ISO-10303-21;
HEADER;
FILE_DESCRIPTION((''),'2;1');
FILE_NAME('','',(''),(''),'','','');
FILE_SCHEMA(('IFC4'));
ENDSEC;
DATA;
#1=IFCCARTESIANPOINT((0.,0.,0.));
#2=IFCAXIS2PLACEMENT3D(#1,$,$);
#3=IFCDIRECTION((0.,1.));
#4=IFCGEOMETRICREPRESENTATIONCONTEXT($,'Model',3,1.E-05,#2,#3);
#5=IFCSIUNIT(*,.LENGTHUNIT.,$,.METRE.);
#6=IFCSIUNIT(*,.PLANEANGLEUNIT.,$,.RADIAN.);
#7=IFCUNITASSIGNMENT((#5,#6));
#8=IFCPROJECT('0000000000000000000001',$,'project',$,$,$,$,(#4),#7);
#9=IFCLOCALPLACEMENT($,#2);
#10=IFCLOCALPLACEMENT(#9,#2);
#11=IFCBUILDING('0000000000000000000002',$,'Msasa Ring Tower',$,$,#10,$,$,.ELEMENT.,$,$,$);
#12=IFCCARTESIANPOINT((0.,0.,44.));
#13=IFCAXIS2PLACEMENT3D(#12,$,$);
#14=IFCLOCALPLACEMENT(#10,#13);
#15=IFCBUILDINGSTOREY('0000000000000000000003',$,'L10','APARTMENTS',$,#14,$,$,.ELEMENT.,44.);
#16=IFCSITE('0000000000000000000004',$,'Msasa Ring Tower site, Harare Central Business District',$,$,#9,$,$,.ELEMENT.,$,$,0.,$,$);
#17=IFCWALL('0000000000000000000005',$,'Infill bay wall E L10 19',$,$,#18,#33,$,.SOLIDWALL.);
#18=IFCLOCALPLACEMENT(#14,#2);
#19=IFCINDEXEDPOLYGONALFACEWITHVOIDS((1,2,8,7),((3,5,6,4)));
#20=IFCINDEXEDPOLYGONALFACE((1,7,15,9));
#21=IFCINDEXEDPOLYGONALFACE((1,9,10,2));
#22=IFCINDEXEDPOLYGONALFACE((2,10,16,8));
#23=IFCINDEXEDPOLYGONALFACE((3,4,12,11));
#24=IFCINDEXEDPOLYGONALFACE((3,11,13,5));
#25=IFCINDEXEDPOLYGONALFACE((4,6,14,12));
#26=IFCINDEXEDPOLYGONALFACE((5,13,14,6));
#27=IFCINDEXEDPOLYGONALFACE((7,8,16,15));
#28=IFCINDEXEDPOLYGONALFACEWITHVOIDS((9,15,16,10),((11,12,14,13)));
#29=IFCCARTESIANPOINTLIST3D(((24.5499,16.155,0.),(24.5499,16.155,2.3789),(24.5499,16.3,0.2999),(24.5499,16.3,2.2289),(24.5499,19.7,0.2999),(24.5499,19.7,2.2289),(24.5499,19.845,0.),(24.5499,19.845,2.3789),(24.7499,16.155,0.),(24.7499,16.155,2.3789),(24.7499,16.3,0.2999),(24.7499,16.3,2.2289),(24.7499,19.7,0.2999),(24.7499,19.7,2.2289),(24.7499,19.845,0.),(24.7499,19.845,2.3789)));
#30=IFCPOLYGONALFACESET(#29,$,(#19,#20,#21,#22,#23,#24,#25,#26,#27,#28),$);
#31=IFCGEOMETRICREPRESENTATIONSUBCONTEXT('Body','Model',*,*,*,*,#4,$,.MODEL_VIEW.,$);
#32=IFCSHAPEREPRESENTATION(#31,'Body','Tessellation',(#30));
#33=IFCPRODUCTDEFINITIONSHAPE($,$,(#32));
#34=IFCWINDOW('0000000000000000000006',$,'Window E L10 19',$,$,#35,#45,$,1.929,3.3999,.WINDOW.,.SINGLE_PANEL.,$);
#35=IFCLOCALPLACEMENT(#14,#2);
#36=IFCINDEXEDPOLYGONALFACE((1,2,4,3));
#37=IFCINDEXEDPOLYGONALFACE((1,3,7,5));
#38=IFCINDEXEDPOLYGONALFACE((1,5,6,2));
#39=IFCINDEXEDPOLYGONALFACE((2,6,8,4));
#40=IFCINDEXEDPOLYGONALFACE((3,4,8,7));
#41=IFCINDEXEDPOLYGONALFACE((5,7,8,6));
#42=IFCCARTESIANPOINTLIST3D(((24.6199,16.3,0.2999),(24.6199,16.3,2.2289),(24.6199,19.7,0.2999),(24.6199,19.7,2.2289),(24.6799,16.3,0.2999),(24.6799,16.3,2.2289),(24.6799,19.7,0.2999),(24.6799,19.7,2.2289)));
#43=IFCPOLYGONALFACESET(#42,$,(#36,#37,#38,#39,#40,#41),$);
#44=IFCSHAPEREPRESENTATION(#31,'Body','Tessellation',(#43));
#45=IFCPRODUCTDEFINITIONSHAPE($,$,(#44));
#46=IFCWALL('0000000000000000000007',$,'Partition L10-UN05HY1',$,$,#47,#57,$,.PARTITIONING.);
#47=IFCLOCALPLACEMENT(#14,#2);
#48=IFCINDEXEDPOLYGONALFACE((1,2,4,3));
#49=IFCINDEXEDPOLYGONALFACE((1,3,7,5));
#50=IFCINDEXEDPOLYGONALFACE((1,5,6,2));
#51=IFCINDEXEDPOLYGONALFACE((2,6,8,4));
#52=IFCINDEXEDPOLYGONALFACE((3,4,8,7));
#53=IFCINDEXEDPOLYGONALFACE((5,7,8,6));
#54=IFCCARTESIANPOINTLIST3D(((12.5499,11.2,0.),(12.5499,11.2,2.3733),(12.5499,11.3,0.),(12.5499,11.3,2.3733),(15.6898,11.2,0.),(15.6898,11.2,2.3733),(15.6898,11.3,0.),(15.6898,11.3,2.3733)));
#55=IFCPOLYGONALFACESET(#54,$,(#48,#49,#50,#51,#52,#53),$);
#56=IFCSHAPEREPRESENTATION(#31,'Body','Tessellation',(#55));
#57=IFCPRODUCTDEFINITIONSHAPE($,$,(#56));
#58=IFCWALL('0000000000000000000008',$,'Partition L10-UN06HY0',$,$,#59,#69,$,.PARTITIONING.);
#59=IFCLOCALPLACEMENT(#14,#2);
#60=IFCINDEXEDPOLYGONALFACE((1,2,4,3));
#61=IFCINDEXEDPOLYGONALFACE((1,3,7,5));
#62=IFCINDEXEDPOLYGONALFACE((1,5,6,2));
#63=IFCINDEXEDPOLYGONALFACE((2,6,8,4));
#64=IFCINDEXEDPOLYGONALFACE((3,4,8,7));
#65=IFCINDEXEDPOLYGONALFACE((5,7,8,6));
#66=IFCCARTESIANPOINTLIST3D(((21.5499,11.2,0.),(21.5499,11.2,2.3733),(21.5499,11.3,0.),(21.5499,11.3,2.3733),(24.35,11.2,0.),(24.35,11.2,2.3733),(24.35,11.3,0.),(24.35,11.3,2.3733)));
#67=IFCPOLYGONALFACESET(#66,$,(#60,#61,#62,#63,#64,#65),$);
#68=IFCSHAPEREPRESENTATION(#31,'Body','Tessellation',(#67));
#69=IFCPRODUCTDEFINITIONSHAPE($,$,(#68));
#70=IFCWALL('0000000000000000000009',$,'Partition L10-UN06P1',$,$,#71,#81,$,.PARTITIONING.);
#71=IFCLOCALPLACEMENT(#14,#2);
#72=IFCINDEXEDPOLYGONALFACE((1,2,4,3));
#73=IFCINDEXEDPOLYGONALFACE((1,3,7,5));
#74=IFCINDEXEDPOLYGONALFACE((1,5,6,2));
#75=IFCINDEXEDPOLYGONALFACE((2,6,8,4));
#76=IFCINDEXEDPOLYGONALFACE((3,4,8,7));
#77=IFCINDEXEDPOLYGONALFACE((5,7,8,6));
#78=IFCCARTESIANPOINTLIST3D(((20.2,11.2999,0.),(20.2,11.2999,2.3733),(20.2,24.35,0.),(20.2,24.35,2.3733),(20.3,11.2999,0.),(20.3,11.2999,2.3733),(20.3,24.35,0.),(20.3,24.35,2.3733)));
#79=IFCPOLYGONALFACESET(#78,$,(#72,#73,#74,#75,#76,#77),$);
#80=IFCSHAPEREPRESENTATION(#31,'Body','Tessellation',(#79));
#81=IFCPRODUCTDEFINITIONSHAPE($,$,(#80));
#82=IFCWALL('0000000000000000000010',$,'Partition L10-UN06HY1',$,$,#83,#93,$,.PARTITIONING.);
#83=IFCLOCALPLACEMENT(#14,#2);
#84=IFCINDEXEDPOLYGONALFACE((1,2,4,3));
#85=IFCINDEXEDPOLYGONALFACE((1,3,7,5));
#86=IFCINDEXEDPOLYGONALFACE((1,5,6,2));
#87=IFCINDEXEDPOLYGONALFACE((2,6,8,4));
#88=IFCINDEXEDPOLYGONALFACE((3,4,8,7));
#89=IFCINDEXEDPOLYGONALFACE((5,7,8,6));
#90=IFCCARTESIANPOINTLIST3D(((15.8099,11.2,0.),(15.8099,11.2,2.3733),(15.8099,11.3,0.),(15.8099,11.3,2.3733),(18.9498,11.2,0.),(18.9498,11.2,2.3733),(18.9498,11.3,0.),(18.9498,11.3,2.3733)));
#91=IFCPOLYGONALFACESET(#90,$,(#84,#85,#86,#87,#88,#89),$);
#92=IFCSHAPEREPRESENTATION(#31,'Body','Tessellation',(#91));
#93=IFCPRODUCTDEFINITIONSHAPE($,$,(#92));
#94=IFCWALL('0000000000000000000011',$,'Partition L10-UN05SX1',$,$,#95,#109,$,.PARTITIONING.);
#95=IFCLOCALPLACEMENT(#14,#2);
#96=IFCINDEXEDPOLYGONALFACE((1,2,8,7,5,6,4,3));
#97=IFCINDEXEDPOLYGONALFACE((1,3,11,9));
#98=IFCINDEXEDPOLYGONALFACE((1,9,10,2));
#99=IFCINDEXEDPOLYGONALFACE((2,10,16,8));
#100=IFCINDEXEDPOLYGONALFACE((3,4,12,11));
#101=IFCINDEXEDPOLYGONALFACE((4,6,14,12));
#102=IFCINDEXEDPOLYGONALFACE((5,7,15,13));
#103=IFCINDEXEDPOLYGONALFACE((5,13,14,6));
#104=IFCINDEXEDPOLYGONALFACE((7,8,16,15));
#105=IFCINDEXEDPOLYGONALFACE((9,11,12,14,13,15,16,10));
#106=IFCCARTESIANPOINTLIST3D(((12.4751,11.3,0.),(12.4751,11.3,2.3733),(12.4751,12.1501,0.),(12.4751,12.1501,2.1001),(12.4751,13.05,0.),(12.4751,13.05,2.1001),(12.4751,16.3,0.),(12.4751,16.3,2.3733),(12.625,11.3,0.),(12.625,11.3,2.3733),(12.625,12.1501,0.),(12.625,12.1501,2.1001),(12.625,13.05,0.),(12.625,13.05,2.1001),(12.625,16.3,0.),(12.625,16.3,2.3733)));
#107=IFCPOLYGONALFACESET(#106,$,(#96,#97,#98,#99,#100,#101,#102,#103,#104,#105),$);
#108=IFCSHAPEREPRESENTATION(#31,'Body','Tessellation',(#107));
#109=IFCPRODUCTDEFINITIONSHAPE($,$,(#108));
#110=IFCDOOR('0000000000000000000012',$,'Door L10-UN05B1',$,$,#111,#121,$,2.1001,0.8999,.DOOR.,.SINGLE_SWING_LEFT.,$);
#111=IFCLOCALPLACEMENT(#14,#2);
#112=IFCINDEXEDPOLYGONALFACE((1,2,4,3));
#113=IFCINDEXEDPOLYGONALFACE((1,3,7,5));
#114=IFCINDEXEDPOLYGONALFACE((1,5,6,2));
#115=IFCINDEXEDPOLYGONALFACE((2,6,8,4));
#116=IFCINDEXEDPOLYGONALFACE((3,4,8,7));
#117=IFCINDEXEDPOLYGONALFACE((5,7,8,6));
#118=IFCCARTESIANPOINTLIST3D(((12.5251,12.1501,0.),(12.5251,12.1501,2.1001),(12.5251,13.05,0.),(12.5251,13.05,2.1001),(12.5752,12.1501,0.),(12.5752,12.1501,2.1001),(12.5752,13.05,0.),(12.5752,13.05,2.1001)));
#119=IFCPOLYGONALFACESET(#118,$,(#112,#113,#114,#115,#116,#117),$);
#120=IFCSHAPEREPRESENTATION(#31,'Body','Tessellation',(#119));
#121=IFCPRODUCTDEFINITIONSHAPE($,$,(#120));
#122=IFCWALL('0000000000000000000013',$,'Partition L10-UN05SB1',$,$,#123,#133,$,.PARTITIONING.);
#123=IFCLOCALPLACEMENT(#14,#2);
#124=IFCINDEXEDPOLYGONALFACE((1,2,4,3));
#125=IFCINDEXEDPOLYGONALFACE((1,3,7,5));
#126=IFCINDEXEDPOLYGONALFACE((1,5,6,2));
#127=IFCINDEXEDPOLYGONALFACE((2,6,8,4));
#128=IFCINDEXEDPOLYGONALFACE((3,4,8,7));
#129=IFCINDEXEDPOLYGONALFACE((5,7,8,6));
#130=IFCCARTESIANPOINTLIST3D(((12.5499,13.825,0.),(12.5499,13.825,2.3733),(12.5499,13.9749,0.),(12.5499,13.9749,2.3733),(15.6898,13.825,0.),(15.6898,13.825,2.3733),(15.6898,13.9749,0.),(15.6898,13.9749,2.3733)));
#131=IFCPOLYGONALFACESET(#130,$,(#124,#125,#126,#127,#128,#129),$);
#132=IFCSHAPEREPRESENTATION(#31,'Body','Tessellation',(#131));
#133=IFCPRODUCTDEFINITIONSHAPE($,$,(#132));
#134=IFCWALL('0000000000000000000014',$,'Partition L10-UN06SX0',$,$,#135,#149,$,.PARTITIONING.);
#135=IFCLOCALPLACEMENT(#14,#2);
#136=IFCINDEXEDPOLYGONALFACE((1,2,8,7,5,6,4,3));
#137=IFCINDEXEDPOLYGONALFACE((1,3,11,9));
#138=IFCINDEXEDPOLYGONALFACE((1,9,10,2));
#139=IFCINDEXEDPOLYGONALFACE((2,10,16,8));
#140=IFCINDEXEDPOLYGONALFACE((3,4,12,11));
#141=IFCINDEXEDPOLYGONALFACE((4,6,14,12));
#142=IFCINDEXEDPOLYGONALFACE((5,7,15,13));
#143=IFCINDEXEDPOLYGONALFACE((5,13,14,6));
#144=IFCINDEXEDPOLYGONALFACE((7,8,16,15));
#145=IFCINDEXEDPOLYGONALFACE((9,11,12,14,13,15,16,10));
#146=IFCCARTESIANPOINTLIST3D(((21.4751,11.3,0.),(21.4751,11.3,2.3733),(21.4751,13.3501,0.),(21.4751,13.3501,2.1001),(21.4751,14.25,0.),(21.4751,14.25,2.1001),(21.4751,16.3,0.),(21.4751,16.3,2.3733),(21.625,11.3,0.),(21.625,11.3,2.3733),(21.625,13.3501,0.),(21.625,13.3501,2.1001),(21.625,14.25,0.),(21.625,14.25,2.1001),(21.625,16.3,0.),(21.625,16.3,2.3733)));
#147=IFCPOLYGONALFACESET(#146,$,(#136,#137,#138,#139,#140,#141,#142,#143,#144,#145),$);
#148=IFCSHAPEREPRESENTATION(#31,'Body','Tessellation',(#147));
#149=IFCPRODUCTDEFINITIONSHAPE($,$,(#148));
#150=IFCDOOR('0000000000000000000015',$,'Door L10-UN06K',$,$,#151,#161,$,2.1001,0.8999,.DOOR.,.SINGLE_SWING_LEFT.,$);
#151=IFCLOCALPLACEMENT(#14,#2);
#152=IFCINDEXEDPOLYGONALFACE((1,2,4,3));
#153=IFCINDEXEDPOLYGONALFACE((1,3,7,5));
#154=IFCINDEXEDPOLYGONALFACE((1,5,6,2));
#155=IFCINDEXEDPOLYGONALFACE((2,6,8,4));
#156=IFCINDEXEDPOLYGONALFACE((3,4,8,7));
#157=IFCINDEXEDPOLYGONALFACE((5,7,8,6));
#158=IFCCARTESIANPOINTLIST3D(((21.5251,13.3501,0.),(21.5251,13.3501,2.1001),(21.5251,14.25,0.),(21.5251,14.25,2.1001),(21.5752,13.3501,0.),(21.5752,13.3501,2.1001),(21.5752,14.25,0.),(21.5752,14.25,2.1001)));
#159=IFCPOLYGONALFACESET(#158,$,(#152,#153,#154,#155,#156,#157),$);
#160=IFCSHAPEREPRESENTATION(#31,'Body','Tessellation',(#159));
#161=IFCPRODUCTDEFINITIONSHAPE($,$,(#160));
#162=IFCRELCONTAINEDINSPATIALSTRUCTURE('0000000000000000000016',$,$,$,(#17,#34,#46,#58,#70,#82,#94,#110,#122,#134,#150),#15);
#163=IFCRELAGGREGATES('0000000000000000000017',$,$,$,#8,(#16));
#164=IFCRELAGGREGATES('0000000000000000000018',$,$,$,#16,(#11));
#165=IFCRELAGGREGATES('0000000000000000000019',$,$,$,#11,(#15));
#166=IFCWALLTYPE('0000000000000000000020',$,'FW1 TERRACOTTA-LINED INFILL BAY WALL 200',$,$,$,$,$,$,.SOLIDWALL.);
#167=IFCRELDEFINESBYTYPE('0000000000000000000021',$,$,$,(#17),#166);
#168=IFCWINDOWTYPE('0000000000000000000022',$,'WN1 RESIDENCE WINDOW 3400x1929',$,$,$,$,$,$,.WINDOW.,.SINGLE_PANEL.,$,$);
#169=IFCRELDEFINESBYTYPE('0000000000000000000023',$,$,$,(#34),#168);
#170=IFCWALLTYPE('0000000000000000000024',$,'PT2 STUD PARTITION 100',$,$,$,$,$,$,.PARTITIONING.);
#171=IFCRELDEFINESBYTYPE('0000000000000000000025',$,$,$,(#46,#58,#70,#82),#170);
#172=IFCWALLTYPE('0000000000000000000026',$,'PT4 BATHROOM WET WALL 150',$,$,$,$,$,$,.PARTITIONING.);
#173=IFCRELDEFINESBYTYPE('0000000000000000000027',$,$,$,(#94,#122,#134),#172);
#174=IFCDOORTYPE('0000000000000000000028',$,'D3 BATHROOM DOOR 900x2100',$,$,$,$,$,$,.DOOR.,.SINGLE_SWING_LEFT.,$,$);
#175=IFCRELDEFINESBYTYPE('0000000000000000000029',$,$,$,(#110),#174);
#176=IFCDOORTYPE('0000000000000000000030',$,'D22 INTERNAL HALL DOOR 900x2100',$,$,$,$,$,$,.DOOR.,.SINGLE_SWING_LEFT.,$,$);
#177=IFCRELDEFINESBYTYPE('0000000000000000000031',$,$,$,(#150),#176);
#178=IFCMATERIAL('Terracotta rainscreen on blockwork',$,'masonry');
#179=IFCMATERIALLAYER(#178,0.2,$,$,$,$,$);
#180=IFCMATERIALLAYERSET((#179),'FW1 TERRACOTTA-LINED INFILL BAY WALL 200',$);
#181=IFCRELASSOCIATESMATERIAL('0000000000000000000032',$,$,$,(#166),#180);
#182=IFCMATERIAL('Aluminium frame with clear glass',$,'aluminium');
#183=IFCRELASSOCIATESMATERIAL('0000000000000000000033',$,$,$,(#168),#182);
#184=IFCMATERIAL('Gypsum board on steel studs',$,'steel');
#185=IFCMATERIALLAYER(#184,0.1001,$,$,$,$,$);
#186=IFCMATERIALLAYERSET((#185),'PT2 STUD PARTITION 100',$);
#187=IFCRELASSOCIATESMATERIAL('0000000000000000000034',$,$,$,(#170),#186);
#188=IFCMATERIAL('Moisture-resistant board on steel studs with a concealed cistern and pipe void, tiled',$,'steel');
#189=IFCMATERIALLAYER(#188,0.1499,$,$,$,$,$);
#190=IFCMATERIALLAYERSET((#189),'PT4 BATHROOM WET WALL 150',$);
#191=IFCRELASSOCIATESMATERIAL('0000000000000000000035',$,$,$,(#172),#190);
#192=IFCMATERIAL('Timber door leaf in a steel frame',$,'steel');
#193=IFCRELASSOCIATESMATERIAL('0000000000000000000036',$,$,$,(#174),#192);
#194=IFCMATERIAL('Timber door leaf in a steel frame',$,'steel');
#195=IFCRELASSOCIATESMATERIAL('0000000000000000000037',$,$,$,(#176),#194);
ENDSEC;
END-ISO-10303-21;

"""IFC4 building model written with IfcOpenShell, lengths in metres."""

from ifc_helpers import new_model, si_unit, direction, frame, frame_2d, origin, place, context, subcontext, project, spatial, rectangle, extrude, material, layer, layer_set, type_object, element, fill, save


model = new_model("IFC4")

# Units and contexts
model_context = context("Model", 3, precision=1e-05, world=origin(), true_north=direction((0.0, 1.0)))
body_context = subcontext(model_context, "Body", "Model", "MODEL_VIEW")
ifc_project = project(units=[si_unit("LENGTHUNIT", "METRE"), si_unit("PLANEANGLEUNIT", "RADIAN")], contexts=[model_context])

# Site, building, storey
site_placement = place(None, origin())
site = spatial("IfcSite", under=ifc_project, at=site_placement, Name="Msasa Ring Tower site, Harare Central Business District", CompositionType="ELEMENT", RefElevation=0.0)
building_placement = place(site_placement, origin())
building = spatial("IfcBuilding", under=site, at=building_placement, Name="Msasa Ring Tower", CompositionType="ELEMENT")
storey_placement = place(building_placement, frame((0.0, 0.0, 44.0)))
storey = spatial("IfcBuildingStorey", under=building, at=storey_placement, Name="L10", Description="APARTMENTS", CompositionType="ELEMENT", Elevation=44.0)

# Wall, opening, window
ifc_material_1 = material(Name="Terracotta rainscreen on blockwork", Category="masonry")
ifc_layer_1 = layer(ifc_material_1, 0.2)
ifc_layer_set_1 = layer_set([ifc_layer_1], Name="FW1 TERRACOTTA-LINED INFILL BAY WALL 200")
wall_type_1 = type_object("IfcWallType", Name="FW1 TERRACOTTA-LINED INFILL BAY WALL 200", PredefinedType="SOLIDWALL", material=ifc_layer_set_1)
ifc_material_2 = material(Name="Aluminium frame with clear glass", Category="aluminium")
window_type = type_object("IfcWindowType", Name="WN1 RESIDENCE WINDOW 3400x1929", PartitioningType="SINGLE_PANEL", PredefinedType="WINDOW", material=ifc_material_2)
wall_1_placement = place(storey_placement, frame((24.6499, 16.155, 0.0), z_axis=(0.0, 0.0, 1.0), x_axis=(0.0, 1.0, 0.0)))
wall_1 = element("IfcWall", 1, at=wall_1_placement, inside=storey, type_object=wall_type_1, Name="Infill bay wall E L10 19", PredefinedType="SOLIDWALL", context=body_context, shape_type="SweptSolid", body=[
    extrude(rectangle(XDim=3.6899, YDim=0.2, at=frame_2d((1.845, 0.0))), origin(), (0.0, 0.0, 1.0), 2.3789),
])
opening_1_placement = place(wall_1_placement, frame((0.145, 0.0, 0.3)))
opening_1 = element("IfcOpeningElement", 2, at=opening_1_placement, cuts=wall_1, PredefinedType="OPENING", context=body_context, shape_type="SweptSolid", body=[
    extrude(rectangle(XDim=3.3999, YDim=1.929, at=frame_2d((1.7, 0.9644))), frame((0.0, 0.1099, 0.0), z_axis=(0.0, -1.0, 0.0), x_axis=(1.0, 0.0, 0.0)), (0.0, 0.0, 1.0), 0.22),
])
window_1_placement = place(opening_1_placement, origin())
window_1 = element("IfcWindow", 3, at=window_1_placement, inside=storey, type_object=window_type, Name="Window E L10 19", OverallHeight=1.929, OverallWidth=3.3999, PartitioningType="SINGLE_PANEL", PredefinedType="WINDOW", context=body_context, shape_type="SweptSolid", body=[
    extrude(rectangle(XDim=3.3999, YDim=1.929, at=frame_2d((1.7, 0.9644))), frame((0.0, 0.03, 0.0), z_axis=(0.0, -1.0, 0.0), x_axis=(1.0, 0.0, 0.0)), (0.0, 0.0, 1.0), 0.0601),
])
fill(opening_1, window_1)

# Walls
ifc_material_3 = material(Name="Gypsum board on steel studs", Category="steel")
ifc_layer_2 = layer(ifc_material_3, 0.1001)
ifc_layer_set_2 = layer_set([ifc_layer_2], Name="PT2 STUD PARTITION 100")
wall_type_2 = type_object("IfcWallType", Name="PT2 STUD PARTITION 100", PredefinedType="PARTITIONING", material=ifc_layer_set_2)
wall_2_placement = place(storey_placement, frame((12.55, 11.25, 0.0), z_axis=(0.0, 0.0, 1.0), x_axis=(1.0, 0.0, 0.0)))
element("IfcWall", 4, at=wall_2_placement, inside=storey, type_object=wall_type_2, Name="Partition L10-UN05HY1", PredefinedType="PARTITIONING", context=body_context, shape_type="SweptSolid", body=[
    extrude(rectangle(XDim=3.1399, YDim=0.1001, at=frame_2d((1.5698, 0.0))), origin(), (0.0, 0.0, 1.0), 2.3733),
])
wall_3_placement = place(storey_placement, frame((21.55, 11.25, 0.0), z_axis=(0.0, 0.0, 1.0), x_axis=(1.0, 0.0, 0.0)))
element("IfcWall", 5, at=wall_3_placement, inside=storey, type_object=wall_type_2, Name="Partition L10-UN06HY0", PredefinedType="PARTITIONING", context=body_context, shape_type="SweptSolid", body=[
    extrude(rectangle(XDim=2.8, YDim=0.1001, at=frame_2d((1.3999, 0.0))), origin(), (0.0, 0.0, 1.0), 2.3733),
])
wall_4_placement = place(storey_placement, frame((20.25, 11.3, 0.0), z_axis=(0.0, 0.0, 1.0), x_axis=(0.0, 1.0, 0.0)))
element("IfcWall", 6, at=wall_4_placement, inside=storey, type_object=wall_type_2, Name="Partition L10-UN06P1", PredefinedType="PARTITIONING", context=body_context, shape_type="SweptSolid", body=[
    extrude(rectangle(XDim=13.05, YDim=0.1001, at=frame_2d((6.5249, 0.0))), origin(), (0.0, 0.0, 1.0), 2.3733),
])
wall_5_placement = place(storey_placement, frame((15.8101, 11.25, 0.0), z_axis=(0.0, 0.0, 1.0), x_axis=(1.0, 0.0, 0.0)))
element("IfcWall", 7, at=wall_5_placement, inside=storey, type_object=wall_type_2, Name="Partition L10-UN06HY1", PredefinedType="PARTITIONING", context=body_context, shape_type="SweptSolid", body=[
    extrude(rectangle(XDim=3.1399, YDim=0.1001, at=frame_2d((1.5698, 0.0))), origin(), (0.0, 0.0, 1.0), 2.3733),
])

# Wall, opening, door
ifc_material_4 = material(Name="Moisture-resistant board on steel studs with a concealed cistern and pipe void, tiled", Category="steel")
ifc_layer_3 = layer(ifc_material_4, 0.1499)
ifc_layer_set_3 = layer_set([ifc_layer_3], Name="PT4 BATHROOM WET WALL 150")
wall_type_3 = type_object("IfcWallType", Name="PT4 BATHROOM WET WALL 150", PredefinedType="PARTITIONING", material=ifc_layer_set_3)
wall_6_placement = place(storey_placement, frame((12.55, 11.3, 0.0), z_axis=(0.0, 0.0, 1.0), x_axis=(0.0, 1.0, 0.0)))
wall_6 = element("IfcWall", 8, at=wall_6_placement, inside=storey, type_object=wall_type_3, Name="Partition L10-UN05SX1", PredefinedType="PARTITIONING", context=body_context, shape_type="SweptSolid", body=[
    extrude(rectangle(XDim=5.0, YDim=0.1499, at=frame_2d((2.5, 0.0))), origin(), (0.0, 0.0, 1.0), 2.3733),
])
opening_2_placement = place(wall_6_placement, frame((0.8501, 0.0, 0.0)))
opening_2 = element("IfcOpeningElement", 9, at=opening_2_placement, cuts=wall_6, PredefinedType="OPENING", context=body_context, shape_type="SweptSolid", body=[
    extrude(rectangle(XDim=0.8999, YDim=2.1001, at=frame_2d((0.45, 1.05))), frame((0.0, 0.085, 0.0), z_axis=(0.0, -1.0, 0.0), x_axis=(1.0, 0.0, 0.0)), (0.0, 0.0, 1.0), 0.1699),
])
ifc_material_5 = material(Name="Timber door leaf in a steel frame", Category="steel")
door_type_1 = type_object("IfcDoorType", Name="D3 BATHROOM DOOR 900x2100", OperationType="SINGLE_SWING_LEFT", PredefinedType="DOOR", material=ifc_material_5)
door_1_placement = place(opening_2_placement, origin())
door_1 = element("IfcDoor", 10, at=door_1_placement, inside=storey, type_object=door_type_1, Name="Door L10-UN05B1", OperationType="SINGLE_SWING_LEFT", OverallHeight=2.1001, OverallWidth=0.8999, PredefinedType="DOOR", context=body_context, shape_type="SweptSolid", body=[
    extrude(rectangle(XDim=0.8999, YDim=2.1001, at=frame_2d((0.45, 1.05))), frame((0.0, 0.0249, 0.0), z_axis=(0.0, -1.0, 0.0), x_axis=(1.0, 0.0, 0.0)), (0.0, 0.0, 1.0), 0.05),
])
fill(opening_2, door_1)

# Wall
wall_7_placement = place(storey_placement, frame((12.55, 13.8999, 0.0), z_axis=(0.0, 0.0, 1.0), x_axis=(1.0, 0.0, 0.0)))
element("IfcWall", 11, at=wall_7_placement, inside=storey, type_object=wall_type_3, Name="Partition L10-UN05SB1", PredefinedType="PARTITIONING", context=body_context, shape_type="SweptSolid", body=[
    extrude(rectangle(XDim=3.1399, YDim=0.1499, at=frame_2d((1.5698, 0.0))), origin(), (0.0, 0.0, 1.0), 2.3733),
])

# Wall, opening, door
wall_8_placement = place(storey_placement, frame((21.55, 11.3, 0.0), z_axis=(0.0, 0.0, 1.0), x_axis=(0.0, 1.0, 0.0)))
wall_8 = element("IfcWall", 12, at=wall_8_placement, inside=storey, type_object=wall_type_3, Name="Partition L10-UN06SX0", PredefinedType="PARTITIONING", context=body_context, shape_type="SweptSolid", body=[
    extrude(rectangle(XDim=5.0, YDim=0.1499, at=frame_2d((2.5, 0.0))), origin(), (0.0, 0.0, 1.0), 2.3733),
])
opening_3_placement = place(wall_8_placement, frame((2.05, 0.0, 0.0)))
opening_3 = element("IfcOpeningElement", 13, at=opening_3_placement, cuts=wall_8, PredefinedType="OPENING", context=body_context, shape_type="SweptSolid", body=[
    extrude(rectangle(XDim=0.8999, YDim=2.1001, at=frame_2d((0.45, 1.05))), frame((0.0, 0.085, 0.0), z_axis=(0.0, -1.0, 0.0), x_axis=(1.0, 0.0, 0.0)), (0.0, 0.0, 1.0), 0.1699),
])
ifc_material_6 = material(Name="Timber door leaf in a steel frame", Category="steel")
door_type_2 = type_object("IfcDoorType", Name="D22 INTERNAL HALL DOOR 900x2100", OperationType="SINGLE_SWING_LEFT", PredefinedType="DOOR", material=ifc_material_6)
door_2_placement = place(opening_3_placement, origin())
door_2 = element("IfcDoor", 14, at=door_2_placement, inside=storey, type_object=door_type_2, Name="Door L10-UN06K", OperationType="SINGLE_SWING_LEFT", OverallHeight=2.1001, OverallWidth=0.8999, PredefinedType="DOOR", context=body_context, shape_type="SweptSolid", body=[
    extrude(rectangle(XDim=0.8999, YDim=2.1001, at=frame_2d((0.45, 1.05))), frame((0.0, 0.0249, 0.0), z_axis=(0.0, -1.0, 0.0), x_axis=(1.0, 0.0, 0.0)), (0.0, 0.0, 1.0), 0.05),
])
fill(opening_3, door_2)

save(model, "model.ifc")
